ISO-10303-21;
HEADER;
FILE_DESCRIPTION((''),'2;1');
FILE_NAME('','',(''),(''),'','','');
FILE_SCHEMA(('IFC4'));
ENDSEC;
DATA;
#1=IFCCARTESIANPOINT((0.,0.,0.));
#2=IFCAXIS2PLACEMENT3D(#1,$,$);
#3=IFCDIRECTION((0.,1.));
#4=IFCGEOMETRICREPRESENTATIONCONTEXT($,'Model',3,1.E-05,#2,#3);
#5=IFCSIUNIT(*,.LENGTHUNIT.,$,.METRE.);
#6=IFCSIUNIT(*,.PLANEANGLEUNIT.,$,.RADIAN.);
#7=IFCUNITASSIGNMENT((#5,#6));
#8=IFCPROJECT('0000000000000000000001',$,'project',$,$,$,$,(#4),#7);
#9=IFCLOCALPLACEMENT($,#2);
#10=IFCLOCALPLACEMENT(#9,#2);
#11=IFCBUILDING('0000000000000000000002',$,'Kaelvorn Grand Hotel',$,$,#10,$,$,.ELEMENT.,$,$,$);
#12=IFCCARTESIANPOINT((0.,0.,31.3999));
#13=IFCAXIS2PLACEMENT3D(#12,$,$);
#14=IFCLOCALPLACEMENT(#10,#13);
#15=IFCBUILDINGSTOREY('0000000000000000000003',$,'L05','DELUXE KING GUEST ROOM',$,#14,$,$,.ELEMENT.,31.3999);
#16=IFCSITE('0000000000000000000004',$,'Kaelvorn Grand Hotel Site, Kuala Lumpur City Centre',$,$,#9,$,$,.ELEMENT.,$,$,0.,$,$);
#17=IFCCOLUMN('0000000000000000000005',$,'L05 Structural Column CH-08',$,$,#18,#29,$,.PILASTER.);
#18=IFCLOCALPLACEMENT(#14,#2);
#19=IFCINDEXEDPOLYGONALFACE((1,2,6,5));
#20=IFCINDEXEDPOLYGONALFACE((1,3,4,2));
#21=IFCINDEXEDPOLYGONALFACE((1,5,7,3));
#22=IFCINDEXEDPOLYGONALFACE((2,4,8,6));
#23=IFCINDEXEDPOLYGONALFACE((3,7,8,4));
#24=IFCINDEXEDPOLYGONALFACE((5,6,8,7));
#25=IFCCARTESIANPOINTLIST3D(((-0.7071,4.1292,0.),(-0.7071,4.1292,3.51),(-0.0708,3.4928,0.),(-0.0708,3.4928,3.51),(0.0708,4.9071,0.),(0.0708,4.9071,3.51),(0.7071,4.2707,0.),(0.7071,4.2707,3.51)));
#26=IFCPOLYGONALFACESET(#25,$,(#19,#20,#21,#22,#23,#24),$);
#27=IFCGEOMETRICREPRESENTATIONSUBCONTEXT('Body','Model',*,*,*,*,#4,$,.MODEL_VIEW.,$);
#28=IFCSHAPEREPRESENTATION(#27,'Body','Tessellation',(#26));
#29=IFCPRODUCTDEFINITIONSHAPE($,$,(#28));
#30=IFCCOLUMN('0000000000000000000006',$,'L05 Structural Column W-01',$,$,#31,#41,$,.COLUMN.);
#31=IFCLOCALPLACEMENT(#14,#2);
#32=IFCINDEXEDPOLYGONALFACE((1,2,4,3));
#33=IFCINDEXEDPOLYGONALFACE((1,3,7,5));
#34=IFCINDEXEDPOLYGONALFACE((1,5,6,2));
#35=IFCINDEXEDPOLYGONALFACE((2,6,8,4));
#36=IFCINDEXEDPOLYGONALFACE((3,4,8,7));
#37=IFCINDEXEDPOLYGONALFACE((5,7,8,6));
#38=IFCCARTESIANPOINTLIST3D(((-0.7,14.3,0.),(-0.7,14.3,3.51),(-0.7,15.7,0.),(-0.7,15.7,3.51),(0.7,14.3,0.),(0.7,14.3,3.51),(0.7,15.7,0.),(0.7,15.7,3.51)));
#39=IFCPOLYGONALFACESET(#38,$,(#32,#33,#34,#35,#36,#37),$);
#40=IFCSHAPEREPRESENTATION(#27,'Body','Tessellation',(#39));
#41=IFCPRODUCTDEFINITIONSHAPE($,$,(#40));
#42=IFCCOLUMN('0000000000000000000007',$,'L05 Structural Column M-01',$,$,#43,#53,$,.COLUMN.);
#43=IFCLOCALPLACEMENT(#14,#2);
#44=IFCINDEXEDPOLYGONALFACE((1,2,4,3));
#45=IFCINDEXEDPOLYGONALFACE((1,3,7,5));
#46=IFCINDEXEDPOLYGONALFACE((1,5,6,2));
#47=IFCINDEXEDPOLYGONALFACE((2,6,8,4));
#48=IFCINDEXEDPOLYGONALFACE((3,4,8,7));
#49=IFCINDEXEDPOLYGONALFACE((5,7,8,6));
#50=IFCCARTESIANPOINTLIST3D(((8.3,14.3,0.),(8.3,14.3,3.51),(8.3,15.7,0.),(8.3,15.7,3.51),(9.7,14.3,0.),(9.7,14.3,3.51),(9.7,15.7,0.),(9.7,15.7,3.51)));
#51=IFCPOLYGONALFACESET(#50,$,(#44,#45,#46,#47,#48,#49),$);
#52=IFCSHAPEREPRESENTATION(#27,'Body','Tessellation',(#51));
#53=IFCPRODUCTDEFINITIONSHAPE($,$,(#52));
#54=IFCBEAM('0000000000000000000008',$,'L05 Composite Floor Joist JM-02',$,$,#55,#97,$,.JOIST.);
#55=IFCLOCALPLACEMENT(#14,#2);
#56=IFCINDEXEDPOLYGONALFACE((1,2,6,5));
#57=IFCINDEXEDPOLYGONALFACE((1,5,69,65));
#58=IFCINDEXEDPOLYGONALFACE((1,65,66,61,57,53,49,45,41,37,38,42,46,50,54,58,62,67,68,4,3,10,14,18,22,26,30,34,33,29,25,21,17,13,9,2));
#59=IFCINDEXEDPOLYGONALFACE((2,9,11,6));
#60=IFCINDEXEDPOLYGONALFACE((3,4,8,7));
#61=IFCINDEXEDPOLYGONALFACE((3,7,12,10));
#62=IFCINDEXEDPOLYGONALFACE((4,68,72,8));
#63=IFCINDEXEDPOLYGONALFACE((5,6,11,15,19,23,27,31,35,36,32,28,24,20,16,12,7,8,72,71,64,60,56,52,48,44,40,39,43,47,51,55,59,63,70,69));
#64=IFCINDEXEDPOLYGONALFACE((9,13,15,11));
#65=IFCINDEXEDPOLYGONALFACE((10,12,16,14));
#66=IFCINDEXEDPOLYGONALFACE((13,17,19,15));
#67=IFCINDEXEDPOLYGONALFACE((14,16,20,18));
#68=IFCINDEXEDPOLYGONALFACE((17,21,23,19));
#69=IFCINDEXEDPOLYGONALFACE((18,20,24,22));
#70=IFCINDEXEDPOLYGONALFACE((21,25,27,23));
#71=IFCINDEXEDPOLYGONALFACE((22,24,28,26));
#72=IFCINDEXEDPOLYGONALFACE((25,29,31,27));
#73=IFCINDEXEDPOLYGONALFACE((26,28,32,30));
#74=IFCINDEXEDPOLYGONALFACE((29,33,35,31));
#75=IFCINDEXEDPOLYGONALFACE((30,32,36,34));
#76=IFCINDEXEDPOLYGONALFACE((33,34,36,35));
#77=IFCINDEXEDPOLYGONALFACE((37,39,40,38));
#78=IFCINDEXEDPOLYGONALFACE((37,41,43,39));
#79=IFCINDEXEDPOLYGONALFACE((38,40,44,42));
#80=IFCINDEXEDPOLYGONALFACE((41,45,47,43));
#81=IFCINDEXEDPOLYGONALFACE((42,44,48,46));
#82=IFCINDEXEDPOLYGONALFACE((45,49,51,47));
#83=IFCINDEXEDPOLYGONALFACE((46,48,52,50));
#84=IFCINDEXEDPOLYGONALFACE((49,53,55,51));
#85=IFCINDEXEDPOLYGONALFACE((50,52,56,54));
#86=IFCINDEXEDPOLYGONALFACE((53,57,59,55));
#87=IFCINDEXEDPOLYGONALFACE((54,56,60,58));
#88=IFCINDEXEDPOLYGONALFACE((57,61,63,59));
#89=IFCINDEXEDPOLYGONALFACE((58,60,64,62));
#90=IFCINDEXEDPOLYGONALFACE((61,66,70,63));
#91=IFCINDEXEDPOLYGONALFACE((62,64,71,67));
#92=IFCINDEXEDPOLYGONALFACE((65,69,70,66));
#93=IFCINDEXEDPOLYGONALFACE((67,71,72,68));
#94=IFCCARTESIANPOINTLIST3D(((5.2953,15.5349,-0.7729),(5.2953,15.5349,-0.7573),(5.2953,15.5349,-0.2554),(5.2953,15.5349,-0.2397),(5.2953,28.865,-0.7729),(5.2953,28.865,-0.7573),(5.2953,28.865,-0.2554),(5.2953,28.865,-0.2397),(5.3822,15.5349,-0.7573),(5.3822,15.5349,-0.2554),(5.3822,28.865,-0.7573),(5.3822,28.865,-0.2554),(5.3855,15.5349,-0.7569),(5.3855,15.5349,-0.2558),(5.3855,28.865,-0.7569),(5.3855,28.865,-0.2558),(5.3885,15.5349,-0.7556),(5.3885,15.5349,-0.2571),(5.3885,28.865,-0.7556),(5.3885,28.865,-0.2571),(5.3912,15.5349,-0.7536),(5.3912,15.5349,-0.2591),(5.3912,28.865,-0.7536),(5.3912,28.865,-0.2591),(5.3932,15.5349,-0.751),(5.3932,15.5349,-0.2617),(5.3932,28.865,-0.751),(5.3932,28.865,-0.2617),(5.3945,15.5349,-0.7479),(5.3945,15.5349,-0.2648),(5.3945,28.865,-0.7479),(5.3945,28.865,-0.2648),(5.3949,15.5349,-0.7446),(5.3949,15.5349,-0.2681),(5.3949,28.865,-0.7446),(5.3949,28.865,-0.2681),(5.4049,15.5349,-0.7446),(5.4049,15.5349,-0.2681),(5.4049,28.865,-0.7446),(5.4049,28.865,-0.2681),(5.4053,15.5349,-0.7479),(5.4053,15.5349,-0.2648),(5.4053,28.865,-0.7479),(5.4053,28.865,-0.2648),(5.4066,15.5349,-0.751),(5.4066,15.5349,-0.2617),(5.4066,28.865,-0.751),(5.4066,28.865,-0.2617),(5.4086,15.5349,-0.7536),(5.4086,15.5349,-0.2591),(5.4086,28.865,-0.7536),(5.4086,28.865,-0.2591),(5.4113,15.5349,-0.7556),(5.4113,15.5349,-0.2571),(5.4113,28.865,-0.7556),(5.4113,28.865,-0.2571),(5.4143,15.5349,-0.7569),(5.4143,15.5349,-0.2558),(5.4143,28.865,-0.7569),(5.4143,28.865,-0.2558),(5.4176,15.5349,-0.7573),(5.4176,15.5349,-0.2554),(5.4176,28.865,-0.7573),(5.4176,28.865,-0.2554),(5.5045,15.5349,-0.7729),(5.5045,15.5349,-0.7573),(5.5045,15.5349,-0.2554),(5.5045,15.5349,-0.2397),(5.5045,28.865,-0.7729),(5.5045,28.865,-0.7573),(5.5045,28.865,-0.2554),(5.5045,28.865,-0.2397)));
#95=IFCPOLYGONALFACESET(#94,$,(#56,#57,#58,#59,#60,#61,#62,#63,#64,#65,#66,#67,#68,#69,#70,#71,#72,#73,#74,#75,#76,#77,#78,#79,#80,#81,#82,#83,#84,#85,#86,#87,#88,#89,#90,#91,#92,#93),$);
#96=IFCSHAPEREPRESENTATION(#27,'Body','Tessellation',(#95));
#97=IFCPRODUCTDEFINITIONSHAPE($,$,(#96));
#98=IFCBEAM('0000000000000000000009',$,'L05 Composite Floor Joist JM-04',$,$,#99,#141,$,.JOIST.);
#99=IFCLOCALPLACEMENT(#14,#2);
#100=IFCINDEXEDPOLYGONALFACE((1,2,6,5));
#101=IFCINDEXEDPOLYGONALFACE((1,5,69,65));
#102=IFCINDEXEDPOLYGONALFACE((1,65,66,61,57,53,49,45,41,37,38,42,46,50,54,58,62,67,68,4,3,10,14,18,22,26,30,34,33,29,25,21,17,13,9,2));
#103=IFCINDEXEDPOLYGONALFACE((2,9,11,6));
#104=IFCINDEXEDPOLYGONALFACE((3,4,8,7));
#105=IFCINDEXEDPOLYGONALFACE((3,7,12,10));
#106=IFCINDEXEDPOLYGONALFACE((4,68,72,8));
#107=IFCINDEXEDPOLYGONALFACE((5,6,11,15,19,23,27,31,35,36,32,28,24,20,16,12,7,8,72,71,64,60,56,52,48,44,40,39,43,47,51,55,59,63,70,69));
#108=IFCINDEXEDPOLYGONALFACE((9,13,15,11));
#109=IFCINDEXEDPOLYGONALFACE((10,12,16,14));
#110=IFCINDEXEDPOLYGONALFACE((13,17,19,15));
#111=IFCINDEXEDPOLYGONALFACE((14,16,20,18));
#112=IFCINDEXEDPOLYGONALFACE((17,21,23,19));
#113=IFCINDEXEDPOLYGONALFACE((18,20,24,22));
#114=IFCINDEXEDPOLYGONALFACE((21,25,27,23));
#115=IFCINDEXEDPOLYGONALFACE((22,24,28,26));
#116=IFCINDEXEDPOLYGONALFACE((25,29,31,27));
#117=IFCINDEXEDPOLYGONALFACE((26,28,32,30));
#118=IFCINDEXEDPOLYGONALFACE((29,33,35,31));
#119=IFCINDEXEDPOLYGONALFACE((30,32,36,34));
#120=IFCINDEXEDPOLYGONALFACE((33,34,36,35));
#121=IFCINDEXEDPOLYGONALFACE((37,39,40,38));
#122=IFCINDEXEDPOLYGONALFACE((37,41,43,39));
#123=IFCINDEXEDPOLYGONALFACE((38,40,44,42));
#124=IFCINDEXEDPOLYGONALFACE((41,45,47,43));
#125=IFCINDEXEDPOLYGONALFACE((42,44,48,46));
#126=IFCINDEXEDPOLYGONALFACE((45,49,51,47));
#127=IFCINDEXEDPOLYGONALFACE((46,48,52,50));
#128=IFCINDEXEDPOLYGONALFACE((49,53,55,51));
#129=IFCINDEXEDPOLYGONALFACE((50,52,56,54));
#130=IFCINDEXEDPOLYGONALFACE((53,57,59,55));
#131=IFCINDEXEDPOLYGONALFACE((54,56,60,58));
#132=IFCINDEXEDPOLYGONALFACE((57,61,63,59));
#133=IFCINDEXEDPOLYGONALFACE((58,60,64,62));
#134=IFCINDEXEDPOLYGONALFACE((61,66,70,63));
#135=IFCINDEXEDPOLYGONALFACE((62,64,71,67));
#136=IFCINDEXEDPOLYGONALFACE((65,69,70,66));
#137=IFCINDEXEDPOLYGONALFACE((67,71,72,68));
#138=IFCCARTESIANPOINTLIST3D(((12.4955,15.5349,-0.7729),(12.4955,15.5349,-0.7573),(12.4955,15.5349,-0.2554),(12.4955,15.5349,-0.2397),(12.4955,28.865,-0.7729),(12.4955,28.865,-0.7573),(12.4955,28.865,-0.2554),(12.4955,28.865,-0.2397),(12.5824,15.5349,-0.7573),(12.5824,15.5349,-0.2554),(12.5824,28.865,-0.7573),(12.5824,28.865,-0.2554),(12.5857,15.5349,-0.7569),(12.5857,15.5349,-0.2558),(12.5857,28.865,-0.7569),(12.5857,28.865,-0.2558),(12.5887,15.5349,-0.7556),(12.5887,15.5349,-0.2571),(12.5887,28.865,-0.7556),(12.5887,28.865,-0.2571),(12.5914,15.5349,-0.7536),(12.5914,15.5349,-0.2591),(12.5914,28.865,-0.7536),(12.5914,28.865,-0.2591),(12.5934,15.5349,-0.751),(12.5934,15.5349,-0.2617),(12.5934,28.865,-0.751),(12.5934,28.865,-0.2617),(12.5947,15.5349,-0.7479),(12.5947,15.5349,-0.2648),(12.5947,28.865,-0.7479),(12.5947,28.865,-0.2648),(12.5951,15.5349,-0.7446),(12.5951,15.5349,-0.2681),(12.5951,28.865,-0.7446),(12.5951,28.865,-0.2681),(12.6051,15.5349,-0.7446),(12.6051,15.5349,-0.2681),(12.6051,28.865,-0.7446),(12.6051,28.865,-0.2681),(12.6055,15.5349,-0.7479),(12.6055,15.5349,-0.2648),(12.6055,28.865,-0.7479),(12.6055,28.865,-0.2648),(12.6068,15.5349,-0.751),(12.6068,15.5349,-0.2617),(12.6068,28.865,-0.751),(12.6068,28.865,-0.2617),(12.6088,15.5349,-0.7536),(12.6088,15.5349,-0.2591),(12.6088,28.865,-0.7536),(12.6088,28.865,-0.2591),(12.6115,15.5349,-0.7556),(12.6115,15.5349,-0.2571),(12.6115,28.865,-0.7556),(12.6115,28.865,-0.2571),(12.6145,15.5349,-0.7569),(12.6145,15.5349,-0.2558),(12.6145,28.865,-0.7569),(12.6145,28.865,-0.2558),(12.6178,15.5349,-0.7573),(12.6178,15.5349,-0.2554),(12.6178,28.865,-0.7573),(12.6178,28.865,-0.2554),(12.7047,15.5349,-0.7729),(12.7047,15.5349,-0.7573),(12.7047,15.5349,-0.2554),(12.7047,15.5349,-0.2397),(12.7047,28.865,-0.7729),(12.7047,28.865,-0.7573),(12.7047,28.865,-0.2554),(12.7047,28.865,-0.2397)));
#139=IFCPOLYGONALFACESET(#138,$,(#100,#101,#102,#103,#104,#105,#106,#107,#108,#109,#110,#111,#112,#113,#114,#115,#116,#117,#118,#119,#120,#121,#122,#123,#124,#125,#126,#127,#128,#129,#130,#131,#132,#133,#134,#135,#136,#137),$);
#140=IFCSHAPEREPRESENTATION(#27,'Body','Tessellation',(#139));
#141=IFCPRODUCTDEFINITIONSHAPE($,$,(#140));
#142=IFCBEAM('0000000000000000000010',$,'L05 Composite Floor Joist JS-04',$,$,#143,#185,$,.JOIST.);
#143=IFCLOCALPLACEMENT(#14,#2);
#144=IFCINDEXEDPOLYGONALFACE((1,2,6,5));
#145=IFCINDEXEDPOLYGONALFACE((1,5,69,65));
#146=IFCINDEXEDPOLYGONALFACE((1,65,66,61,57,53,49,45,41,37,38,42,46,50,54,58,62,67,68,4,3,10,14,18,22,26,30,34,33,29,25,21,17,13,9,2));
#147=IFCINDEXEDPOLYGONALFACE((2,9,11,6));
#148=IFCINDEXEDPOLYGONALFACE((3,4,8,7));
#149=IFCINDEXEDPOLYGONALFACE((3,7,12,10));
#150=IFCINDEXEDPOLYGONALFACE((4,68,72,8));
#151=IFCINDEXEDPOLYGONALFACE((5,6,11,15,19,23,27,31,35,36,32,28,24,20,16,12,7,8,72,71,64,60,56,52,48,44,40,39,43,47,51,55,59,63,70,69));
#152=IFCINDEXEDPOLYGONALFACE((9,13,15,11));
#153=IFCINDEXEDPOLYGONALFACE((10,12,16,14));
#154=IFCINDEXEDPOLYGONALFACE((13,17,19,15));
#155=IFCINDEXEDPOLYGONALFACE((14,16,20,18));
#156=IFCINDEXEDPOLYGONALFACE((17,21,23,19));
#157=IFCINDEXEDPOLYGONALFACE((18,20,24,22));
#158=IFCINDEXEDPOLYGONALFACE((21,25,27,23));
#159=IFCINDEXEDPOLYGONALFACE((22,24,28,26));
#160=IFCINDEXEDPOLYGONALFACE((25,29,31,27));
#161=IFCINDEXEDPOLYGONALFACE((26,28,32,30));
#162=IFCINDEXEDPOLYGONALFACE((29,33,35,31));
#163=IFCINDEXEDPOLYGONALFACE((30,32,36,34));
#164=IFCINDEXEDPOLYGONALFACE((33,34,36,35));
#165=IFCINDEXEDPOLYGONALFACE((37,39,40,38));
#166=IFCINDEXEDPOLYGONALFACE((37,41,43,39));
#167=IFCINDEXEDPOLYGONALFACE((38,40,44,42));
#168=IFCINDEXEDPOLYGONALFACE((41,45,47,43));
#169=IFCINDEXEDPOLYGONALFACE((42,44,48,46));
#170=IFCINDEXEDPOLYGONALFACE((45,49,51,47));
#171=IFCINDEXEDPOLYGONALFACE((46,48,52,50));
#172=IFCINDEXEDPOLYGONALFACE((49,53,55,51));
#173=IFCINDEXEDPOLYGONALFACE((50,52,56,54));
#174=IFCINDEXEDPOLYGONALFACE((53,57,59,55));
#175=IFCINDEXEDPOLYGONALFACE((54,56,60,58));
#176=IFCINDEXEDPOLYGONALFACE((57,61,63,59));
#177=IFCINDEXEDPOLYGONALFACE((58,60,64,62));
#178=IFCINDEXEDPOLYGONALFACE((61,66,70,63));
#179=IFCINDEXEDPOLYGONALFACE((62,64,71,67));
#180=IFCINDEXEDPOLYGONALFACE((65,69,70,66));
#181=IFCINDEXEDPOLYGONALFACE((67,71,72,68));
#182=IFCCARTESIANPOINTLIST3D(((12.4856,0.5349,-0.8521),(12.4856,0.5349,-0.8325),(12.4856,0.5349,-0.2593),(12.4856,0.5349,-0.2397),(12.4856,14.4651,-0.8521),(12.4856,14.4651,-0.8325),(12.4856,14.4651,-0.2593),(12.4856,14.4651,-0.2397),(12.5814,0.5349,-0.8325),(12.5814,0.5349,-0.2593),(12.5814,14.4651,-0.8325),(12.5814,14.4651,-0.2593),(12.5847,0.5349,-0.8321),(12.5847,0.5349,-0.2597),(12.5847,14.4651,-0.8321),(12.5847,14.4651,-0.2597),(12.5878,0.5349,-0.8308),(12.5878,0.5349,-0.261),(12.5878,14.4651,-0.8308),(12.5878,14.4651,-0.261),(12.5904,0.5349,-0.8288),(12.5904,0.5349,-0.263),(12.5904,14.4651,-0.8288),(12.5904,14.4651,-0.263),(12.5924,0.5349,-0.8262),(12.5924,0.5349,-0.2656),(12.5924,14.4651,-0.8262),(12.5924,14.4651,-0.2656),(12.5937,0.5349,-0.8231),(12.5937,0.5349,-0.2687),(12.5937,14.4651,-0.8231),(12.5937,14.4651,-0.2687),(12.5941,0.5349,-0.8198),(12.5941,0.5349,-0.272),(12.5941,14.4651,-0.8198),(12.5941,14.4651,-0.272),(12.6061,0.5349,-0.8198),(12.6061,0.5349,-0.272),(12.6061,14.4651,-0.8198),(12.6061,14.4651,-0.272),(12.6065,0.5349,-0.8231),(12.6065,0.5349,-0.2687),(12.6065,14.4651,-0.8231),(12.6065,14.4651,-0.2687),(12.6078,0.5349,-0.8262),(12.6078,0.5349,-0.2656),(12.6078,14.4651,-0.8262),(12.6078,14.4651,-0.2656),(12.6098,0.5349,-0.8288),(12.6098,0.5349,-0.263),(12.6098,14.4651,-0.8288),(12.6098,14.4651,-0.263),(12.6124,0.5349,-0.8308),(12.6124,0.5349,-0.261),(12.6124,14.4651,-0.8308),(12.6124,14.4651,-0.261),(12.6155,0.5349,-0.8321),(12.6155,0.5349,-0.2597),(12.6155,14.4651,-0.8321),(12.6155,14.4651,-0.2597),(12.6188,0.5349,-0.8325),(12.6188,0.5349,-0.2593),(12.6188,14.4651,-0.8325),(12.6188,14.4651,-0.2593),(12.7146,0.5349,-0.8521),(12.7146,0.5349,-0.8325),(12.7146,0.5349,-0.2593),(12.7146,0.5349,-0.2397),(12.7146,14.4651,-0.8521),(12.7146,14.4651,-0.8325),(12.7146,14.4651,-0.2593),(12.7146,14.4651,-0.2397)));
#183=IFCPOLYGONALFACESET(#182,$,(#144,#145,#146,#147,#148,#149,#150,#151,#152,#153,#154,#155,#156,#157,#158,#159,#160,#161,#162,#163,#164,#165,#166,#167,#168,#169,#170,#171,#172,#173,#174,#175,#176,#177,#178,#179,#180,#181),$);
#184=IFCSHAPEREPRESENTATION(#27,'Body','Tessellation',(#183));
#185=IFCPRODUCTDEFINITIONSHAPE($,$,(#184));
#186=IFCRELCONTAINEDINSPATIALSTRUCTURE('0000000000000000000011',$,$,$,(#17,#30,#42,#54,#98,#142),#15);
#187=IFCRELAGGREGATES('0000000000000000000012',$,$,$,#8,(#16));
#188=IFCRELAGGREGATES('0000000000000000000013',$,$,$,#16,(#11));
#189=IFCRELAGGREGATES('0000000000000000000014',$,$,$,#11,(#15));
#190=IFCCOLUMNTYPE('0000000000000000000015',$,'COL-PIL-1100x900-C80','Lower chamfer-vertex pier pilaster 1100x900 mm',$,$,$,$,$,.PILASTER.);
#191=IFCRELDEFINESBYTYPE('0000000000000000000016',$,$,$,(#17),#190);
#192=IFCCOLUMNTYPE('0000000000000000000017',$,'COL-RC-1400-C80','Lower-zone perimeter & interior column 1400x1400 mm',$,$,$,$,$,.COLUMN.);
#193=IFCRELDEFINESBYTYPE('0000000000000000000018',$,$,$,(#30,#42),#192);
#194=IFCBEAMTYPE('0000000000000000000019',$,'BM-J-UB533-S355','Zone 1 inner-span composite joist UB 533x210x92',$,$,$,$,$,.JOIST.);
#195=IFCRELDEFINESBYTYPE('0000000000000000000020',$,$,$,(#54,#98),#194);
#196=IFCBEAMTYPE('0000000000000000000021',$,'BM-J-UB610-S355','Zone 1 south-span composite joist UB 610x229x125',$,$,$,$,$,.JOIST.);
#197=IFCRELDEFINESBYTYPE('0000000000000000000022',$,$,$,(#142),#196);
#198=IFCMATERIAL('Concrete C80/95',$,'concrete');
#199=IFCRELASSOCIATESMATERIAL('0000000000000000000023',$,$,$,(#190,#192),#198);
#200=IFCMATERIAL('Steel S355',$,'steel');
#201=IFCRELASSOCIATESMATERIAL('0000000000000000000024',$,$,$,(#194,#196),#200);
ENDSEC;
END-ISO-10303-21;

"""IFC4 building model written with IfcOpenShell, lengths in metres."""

from ifc_helpers import new_model, si_unit, direction, frame, origin, origin_2d, place, context, subcontext, project, spatial, rectangle, i_section, extrude, material, material_profile, profile_set, type_object, element, save


model = new_model("IFC4")

# Units and contexts
model_context = context("Model", 3, precision=1e-05, world=origin(), true_north=direction((0.0, 1.0)))
body_context = subcontext(model_context, "Body", "Model", "MODEL_VIEW")
ifc_project = project(units=[si_unit("LENGTHUNIT", "METRE"), si_unit("PLANEANGLEUNIT", "RADIAN")], contexts=[model_context])

# Site, building, storey
site_placement = place(None, origin())
site = spatial("IfcSite", under=ifc_project, at=site_placement, Name="Kaelvorn Grand Hotel Site, Kuala Lumpur City Centre", CompositionType="ELEMENT", RefElevation=0.0)
building_placement = place(site_placement, origin())
building = spatial("IfcBuilding", under=site, at=building_placement, Name="Kaelvorn Grand Hotel", CompositionType="ELEMENT")
storey_placement = place(building_placement, frame((0.0, 0.0, 31.3999)))
storey = spatial("IfcBuildingStorey", under=building, at=storey_placement, Name="L05", Description="DELUXE KING GUEST ROOM", CompositionType="ELEMENT", Elevation=31.3999)

# Columns
ifc_material_1 = material(Name="Concrete C80/95", Category="concrete")
ifc_material_profile_1 = material_profile(ifc_material_1, rectangle(XDim=1.1001, YDim=0.8999, at=origin_2d()), Name="RC PILASTER 1100x900")
ifc_profile_set_1 = profile_set([ifc_material_profile_1], Name="Concrete C80/95")
column_type_1 = type_object("IfcColumnType", Name="COL-PIL-1100x900-C80", Description="Lower chamfer-vertex pier pilaster 1100x900 mm", PredefinedType="PILASTER", material=ifc_profile_set_1)
column_placement = place(storey_placement, frame((0.0, 4.2, 0.0), z_axis=(0.0, 0.0, 1.0), x_axis=(0.707107, 0.707107, 0.0)))
element("IfcColumn", 1, at=column_placement, inside=storey, type_object=column_type_1, Name="L05 Structural Column CH-08", PredefinedType="PILASTER", context=body_context, shape_type="SweptSolid", body=[
    extrude(rectangle(XDim=1.1001, YDim=0.8999, at=origin_2d()), origin(), (0.0, 0.0, 1.0), 3.51),
])
ifc_material_profile_2 = material_profile(ifc_material_1, rectangle(XDim=1.3999, YDim=1.3999, at=origin_2d()), Name="RC COL 1400x1400")
ifc_profile_set_2 = profile_set([ifc_material_profile_2], Name="Concrete C80/95")
column_type_2 = type_object("IfcColumnType", Name="COL-RC-1400-C80", Description="Lower-zone perimeter & interior column 1400x1400 mm", PredefinedType="COLUMN", material=ifc_profile_set_2)
for number, where, z_axis, x_axis, name in (
    (2, (0.0, 15.0, 0.0), (0.0, 0.0, 1.0), (1.0, 0.0, 0.0), "L05 Structural Column W-01"),
    (3, (9.0, 15.0, 0.0), (0.0, 0.0, 1.0), (1.0, 0.0, 0.0), "L05 Structural Column M-01"),
):
    element("IfcColumn", number, at=place(storey_placement, frame(where, z_axis=z_axis, x_axis=x_axis)), inside=storey, type_object=column_type_2, Name=name, PredefinedType="COLUMN", context=body_context, shape_type="SweptSolid", body=[
        extrude(rectangle(XDim=1.3999, YDim=1.3999, at=origin_2d()), origin(), (0.0, 0.0, 1.0), 3.51),
    ])

# Beams
ifc_material_2 = material(Name="Steel S355", Category="steel")
ifc_material_profile_3 = material_profile(ifc_material_2, i_section(OverallWidth=0.2092, OverallDepth=0.5332, WebThickness=0.01, FlangeThickness=0.0156, FilletRadius=0.0127, at=origin_2d()), Name="UB 533x210x92")
ifc_profile_set_3 = profile_set([ifc_material_profile_3], Name="Steel S355")
beam_type_1 = type_object("IfcBeamType", Name="BM-J-UB533-S355", Description="Zone 1 inner-span composite joist UB 533x210x92", PredefinedType="JOIST", material=ifc_profile_set_3)
for number, where, z_axis, x_axis, name in (
    (4, (5.3999, 15.5349, -0.5063), (0.0, 1.0, 0.0), (-1.0, 0.0, 0.0), "L05 Composite Floor Joist JM-02"),
    (5, (12.6001, 15.5349, -0.5063), (0.0, 1.0, 0.0), (-1.0, 0.0, 0.0), "L05 Composite Floor Joist JM-04"),
):
    element("IfcBeam", number, at=place(storey_placement, frame(where, z_axis=z_axis, x_axis=x_axis)), inside=storey, type_object=beam_type_1, Name=name, PredefinedType="JOIST", context=body_context, shape_type="SweptSolid", body=[
        extrude(i_section(OverallWidth=0.2092, OverallDepth=0.5332, WebThickness=0.01, FlangeThickness=0.0156, FilletRadius=0.0127, at=origin_2d()), origin(), (0.0, 0.0, 1.0), 13.3301),
    ])
ifc_material_profile_4 = material_profile(ifc_material_2, i_section(OverallWidth=0.229, OverallDepth=0.6123, WebThickness=0.012, FlangeThickness=0.0195, FilletRadius=0.0127, at=origin_2d()), Name="UB 610x229x125")
ifc_profile_set_4 = profile_set([ifc_material_profile_4], Name="Steel S355")
beam_type_2 = type_object("IfcBeamType", Name="BM-J-UB610-S355", Description="Zone 1 south-span composite joist UB 610x229x125", PredefinedType="JOIST", material=ifc_profile_set_4)
beam_1_placement = place(storey_placement, frame((12.6001, 0.5349, -0.5459), z_axis=(0.0, 1.0, 0.0), x_axis=(-1.0, 0.0, 0.0)))
element("IfcBeam", 6, at=beam_1_placement, inside=storey, type_object=beam_type_2, Name="L05 Composite Floor Joist JS-04", PredefinedType="JOIST", context=body_context, shape_type="SweptSolid", body=[
    extrude(i_section(OverallWidth=0.229, OverallDepth=0.6123, WebThickness=0.012, FlangeThickness=0.0195, FilletRadius=0.0127, at=origin_2d()), origin(), (0.0, 0.0, 1.0), 13.9302),
])

save(model, "model.ifc")
